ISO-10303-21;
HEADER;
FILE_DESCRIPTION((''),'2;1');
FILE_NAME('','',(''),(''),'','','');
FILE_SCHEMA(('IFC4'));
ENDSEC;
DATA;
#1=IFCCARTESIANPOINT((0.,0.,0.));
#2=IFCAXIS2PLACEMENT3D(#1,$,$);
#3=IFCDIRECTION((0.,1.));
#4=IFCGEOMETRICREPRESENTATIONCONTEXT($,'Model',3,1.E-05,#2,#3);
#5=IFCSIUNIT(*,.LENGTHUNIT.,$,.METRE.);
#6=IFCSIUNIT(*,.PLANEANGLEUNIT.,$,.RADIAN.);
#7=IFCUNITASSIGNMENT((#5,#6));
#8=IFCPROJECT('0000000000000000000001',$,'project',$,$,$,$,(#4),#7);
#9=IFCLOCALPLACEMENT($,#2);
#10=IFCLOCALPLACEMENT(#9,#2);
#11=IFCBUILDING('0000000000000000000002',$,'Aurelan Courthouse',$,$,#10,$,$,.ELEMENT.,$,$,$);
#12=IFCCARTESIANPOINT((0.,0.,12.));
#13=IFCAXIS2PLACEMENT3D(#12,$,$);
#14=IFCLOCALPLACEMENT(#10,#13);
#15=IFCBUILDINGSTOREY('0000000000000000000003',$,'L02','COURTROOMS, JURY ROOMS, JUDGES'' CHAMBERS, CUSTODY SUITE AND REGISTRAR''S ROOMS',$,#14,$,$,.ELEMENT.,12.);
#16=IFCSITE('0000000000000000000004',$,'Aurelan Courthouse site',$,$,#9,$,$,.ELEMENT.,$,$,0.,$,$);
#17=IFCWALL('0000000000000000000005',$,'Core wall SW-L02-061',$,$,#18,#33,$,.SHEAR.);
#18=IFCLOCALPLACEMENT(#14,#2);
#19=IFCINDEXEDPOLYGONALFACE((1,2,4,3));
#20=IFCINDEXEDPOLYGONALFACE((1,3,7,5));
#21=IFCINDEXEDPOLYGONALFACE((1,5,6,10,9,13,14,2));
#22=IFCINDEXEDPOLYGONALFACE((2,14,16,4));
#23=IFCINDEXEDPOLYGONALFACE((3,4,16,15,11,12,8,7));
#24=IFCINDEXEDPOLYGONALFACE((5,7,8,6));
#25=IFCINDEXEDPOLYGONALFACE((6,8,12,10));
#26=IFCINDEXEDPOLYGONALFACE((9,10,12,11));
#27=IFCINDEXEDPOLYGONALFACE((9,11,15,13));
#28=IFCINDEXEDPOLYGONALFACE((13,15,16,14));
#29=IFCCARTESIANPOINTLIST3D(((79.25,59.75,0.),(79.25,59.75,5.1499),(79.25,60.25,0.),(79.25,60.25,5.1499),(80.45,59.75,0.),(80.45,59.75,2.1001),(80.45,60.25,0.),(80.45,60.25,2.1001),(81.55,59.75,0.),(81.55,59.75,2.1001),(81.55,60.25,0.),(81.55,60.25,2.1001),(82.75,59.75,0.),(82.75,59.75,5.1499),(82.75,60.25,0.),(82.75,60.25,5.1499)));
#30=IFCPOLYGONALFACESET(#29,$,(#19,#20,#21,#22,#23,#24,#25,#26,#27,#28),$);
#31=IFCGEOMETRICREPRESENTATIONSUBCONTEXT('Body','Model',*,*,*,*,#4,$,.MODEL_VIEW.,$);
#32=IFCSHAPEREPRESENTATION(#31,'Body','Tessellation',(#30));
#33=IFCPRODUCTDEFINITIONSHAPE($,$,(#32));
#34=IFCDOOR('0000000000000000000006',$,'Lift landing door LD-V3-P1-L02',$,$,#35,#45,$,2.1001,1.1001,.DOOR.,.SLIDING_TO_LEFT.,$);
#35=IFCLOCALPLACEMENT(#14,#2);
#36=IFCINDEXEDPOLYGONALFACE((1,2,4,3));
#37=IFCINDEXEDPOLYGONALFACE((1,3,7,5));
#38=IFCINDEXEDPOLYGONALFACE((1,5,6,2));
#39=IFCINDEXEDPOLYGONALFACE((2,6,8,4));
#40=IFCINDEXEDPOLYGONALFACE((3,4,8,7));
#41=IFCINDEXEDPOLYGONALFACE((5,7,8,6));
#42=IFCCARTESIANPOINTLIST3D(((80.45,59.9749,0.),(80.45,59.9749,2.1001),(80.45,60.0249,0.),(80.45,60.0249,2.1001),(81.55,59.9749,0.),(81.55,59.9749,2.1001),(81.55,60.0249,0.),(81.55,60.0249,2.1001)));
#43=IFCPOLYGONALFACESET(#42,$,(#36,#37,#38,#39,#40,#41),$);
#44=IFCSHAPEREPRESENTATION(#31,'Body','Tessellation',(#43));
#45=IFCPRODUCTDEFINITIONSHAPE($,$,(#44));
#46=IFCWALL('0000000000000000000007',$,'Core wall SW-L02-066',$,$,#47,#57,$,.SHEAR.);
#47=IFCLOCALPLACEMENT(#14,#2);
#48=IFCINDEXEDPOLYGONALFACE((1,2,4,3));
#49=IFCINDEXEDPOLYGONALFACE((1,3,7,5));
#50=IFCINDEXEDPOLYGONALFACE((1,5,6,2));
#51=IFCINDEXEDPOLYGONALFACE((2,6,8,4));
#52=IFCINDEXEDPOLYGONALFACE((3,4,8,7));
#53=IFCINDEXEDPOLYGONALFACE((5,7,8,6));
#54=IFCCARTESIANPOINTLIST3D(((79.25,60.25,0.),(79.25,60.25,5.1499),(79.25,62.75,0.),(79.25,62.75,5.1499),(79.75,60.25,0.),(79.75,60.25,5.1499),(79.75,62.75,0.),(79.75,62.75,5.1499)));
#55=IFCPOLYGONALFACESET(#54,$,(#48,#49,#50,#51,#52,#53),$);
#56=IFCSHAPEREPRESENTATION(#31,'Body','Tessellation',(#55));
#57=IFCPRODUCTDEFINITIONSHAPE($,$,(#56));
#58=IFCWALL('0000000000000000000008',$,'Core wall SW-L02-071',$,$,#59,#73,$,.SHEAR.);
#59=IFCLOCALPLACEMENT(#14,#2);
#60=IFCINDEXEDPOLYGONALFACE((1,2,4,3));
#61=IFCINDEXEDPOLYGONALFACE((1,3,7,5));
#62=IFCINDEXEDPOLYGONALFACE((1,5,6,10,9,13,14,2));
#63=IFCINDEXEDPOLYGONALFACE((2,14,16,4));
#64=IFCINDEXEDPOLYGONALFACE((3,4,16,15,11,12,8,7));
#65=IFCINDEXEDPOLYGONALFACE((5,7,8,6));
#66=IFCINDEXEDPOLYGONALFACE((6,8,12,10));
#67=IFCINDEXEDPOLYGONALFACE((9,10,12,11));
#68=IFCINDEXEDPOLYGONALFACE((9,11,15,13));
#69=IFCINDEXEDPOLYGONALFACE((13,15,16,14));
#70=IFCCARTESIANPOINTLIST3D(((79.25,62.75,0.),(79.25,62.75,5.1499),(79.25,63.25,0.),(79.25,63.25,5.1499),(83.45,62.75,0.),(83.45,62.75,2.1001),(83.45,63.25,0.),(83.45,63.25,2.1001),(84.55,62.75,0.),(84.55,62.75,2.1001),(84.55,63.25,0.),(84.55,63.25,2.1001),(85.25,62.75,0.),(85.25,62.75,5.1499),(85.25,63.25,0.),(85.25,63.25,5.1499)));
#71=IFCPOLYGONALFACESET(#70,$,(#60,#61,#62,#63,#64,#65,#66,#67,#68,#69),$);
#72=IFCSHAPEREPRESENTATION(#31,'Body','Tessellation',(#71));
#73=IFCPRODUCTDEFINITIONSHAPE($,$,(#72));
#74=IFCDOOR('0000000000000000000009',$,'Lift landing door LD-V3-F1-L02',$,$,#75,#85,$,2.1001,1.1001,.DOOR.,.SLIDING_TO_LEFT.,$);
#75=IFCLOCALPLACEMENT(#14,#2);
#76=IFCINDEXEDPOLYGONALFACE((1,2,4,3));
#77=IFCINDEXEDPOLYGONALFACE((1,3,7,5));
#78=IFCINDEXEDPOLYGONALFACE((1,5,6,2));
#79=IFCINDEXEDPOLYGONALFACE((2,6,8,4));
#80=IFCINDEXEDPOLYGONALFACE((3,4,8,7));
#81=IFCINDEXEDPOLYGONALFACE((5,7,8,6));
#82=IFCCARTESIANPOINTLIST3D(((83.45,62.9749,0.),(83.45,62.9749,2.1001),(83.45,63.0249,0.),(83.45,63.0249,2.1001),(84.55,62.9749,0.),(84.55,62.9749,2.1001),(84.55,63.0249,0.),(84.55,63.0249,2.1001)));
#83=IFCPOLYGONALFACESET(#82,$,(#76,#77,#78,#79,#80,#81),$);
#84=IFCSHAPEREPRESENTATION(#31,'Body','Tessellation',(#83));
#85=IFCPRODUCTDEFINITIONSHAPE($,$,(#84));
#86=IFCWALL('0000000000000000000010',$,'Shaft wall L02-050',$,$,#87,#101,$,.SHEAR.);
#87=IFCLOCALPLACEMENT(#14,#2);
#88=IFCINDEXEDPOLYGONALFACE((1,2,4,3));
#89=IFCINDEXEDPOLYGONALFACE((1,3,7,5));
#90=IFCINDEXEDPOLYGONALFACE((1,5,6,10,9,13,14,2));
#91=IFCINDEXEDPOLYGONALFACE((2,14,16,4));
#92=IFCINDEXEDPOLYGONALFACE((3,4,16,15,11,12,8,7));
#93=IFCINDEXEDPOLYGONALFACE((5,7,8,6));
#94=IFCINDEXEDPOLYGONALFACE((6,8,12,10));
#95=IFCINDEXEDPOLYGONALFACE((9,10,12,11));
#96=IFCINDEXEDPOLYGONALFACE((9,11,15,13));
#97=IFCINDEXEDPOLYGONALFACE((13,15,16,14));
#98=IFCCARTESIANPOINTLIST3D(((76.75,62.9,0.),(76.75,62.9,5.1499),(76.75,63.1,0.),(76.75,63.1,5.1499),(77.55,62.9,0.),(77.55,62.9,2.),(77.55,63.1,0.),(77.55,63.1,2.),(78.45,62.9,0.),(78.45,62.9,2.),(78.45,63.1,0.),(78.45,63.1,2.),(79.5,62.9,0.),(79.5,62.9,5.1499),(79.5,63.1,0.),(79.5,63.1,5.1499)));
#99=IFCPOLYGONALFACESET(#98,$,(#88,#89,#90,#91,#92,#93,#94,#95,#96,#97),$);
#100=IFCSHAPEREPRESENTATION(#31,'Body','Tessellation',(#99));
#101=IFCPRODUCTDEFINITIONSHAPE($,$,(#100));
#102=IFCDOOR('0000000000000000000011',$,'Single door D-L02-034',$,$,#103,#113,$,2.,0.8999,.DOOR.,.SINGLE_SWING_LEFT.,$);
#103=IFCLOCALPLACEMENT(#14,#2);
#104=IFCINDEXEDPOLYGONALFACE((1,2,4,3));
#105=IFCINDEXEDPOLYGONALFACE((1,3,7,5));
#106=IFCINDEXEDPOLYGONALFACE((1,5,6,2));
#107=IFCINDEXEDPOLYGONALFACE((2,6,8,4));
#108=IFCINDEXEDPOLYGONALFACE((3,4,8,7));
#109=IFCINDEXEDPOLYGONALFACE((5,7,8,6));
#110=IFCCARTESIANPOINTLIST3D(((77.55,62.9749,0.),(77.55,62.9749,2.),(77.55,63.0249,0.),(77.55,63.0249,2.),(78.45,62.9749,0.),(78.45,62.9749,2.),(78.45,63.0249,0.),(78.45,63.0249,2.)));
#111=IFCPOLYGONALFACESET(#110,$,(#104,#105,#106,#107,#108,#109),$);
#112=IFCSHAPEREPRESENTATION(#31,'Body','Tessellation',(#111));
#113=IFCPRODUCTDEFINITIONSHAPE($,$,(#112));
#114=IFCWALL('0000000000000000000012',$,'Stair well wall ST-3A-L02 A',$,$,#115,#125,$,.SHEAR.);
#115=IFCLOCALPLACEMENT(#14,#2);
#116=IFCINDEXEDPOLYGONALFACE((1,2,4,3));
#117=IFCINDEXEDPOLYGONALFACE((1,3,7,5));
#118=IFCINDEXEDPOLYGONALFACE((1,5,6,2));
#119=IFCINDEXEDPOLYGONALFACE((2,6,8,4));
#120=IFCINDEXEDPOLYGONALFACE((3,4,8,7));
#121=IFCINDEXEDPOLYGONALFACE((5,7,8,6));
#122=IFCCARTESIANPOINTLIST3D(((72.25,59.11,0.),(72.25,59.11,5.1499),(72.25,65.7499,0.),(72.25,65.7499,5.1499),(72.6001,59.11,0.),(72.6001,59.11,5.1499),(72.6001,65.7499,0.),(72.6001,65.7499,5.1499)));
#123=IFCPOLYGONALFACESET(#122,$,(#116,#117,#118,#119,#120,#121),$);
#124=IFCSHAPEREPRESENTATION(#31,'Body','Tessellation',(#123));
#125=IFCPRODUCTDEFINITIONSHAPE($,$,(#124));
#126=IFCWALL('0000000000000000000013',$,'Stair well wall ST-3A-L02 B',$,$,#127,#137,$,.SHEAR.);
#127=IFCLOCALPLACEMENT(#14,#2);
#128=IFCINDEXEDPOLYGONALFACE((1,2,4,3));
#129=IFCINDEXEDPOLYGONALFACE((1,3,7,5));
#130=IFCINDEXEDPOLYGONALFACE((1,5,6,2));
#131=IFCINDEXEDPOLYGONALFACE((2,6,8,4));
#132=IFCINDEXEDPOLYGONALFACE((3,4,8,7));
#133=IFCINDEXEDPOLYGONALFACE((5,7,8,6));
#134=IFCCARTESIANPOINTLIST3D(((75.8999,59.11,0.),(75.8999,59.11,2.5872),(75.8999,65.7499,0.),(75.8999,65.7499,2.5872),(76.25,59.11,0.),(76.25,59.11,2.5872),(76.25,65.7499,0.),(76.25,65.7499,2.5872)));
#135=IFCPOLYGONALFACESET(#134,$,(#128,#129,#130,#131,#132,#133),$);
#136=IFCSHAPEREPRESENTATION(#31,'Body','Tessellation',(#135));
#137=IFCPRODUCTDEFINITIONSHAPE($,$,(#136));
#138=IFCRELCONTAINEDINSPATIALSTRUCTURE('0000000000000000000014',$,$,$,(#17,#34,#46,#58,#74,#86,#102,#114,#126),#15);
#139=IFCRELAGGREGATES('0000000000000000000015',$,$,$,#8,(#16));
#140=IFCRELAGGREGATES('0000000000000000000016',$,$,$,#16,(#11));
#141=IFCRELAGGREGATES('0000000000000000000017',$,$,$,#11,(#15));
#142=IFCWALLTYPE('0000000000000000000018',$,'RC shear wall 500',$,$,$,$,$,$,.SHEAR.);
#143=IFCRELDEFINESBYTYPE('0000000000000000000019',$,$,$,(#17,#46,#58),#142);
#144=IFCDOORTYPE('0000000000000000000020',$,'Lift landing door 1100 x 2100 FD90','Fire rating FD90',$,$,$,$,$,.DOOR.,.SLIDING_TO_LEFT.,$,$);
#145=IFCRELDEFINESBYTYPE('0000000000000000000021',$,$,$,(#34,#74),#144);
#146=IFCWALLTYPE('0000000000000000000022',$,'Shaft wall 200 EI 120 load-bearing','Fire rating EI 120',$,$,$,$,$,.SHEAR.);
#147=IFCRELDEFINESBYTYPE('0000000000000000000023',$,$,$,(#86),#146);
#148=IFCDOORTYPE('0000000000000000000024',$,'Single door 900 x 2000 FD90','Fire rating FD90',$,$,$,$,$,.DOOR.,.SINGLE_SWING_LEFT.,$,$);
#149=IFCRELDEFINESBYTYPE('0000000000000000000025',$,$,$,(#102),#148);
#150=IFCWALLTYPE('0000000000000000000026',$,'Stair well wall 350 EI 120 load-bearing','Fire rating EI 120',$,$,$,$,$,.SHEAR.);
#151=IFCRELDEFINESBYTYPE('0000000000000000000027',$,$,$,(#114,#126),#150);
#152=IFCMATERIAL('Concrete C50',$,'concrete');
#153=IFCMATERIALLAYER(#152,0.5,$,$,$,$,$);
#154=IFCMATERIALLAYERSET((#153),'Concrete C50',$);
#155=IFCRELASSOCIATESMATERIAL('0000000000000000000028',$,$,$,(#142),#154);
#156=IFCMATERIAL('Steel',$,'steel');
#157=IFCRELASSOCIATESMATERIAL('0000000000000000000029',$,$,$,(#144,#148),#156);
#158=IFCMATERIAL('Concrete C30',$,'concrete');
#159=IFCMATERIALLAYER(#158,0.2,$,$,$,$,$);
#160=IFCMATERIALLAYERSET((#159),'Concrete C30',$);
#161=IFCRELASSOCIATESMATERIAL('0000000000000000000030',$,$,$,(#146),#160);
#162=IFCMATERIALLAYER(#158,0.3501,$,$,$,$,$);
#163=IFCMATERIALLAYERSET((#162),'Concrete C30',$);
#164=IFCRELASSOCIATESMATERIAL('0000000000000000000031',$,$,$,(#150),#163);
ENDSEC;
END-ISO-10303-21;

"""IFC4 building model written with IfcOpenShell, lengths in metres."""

from ifc_helpers import new_model, si_unit, direction, frame, frame_2d, origin, place, context, subcontext, project, spatial, rectangle, extrude, material, layer, layer_set, type_object, element, fill, save


model = new_model("IFC4")

# Units and contexts
model_context = context("Model", 3, precision=1e-05, world=origin(), true_north=direction((0.0, 1.0)))
body_context = subcontext(model_context, "Body", "Model", "MODEL_VIEW")
ifc_project = project(units=[si_unit("LENGTHUNIT", "METRE"), si_unit("PLANEANGLEUNIT", "RADIAN")], contexts=[model_context])

# Site, building, storey
site_placement = place(None, origin())
site = spatial("IfcSite", under=ifc_project, at=site_placement, Name="Aurelan Courthouse site", CompositionType="ELEMENT", RefElevation=0.0)
building_placement = place(site_placement, origin())
building = spatial("IfcBuilding", under=site, at=building_placement, Name="Aurelan Courthouse", CompositionType="ELEMENT")
storey_placement = place(building_placement, frame((0.0, 0.0, 12.0)))
storey = spatial("IfcBuildingStorey", under=building, at=storey_placement, Name="L02", Description="COURTROOMS, JURY ROOMS, JUDGES' CHAMBERS, CUSTODY SUITE AND REGISTRAR'S ROOMS", CompositionType="ELEMENT", Elevation=12.0)

# Shared definitions
ifc_material_1 = material(Name="Concrete C50", Category="concrete")

# Shared definitions
ifc_material_2 = material(Name="Steel", Category="steel")

# Shared definitions
ifc_layer_1 = layer(ifc_material_1, 0.5)
ifc_layer_set_1 = layer_set([ifc_layer_1], Name="Concrete C50")
wall_type_1 = type_object("IfcWallType", Name="RC shear wall 500", PredefinedType="SHEAR", material=ifc_layer_set_1)

# Wall, opening, door
wall_1_placement = place(storey_placement, frame((79.25, 60.0, 0.0), z_axis=(0.0, 0.0, 1.0), x_axis=(1.0, 0.0, 0.0)))
wall_1 = element("IfcWall", 1, at=wall_1_placement, inside=storey, type_object=wall_type_1, Name="Core wall SW-L02-061", PredefinedType="SHEAR", context=body_context, shape_type="SweptSolid", body=[
    extrude(rectangle(XDim=3.5, YDim=0.5, at=frame_2d((1.75, 0.0))), origin(), (0.0, 0.0, 1.0), 5.1499),
])
opening_1_placement = place(wall_1_placement, frame((1.2, 0.0, 0.0)))
opening_1 = element("IfcOpeningElement", 2, at=opening_1_placement, cuts=wall_1, PredefinedType="OPENING", context=body_context, shape_type="SweptSolid", body=[
    extrude(rectangle(XDim=1.1001, YDim=2.1001, at=frame_2d((0.55, 1.05))), frame((0.0, 0.26, 0.0), z_axis=(0.0, -1.0, 0.0), x_axis=(1.0, 0.0, 0.0)), (0.0, 0.0, 1.0), 0.52),
])
door_type_1 = type_object("IfcDoorType", Name="Lift landing door 1100 x 2100 FD90", Description="Fire rating FD90", OperationType="SLIDING_TO_LEFT", PredefinedType="DOOR", material=ifc_material_2)
door_1_placement = place(opening_1_placement, origin())
door_1 = element("IfcDoor", 3, at=door_1_placement, inside=storey, type_object=door_type_1, Name="Lift landing door LD-V3-P1-L02", OperationType="SLIDING_TO_LEFT", OverallHeight=2.1001, OverallWidth=1.1001, PredefinedType="DOOR", context=body_context, shape_type="SweptSolid", body=[
    extrude(rectangle(XDim=1.1001, YDim=2.1001, at=frame_2d((0.55, 1.05))), frame((0.0, 0.0249, 0.0), z_axis=(0.0, -1.0, 0.0), x_axis=(1.0, 0.0, 0.0)), (0.0, 0.0, 1.0), 0.05),
])
fill(opening_1, door_1)

# Wall
wall_2_placement = place(storey_placement, frame((79.5, 60.25, 0.0), z_axis=(0.0, 0.0, 1.0), x_axis=(0.0, 1.0, 0.0)))
element("IfcWall", 4, at=wall_2_placement, inside=storey, type_object=wall_type_1, Name="Core wall SW-L02-066", PredefinedType="SHEAR", context=body_context, shape_type="SweptSolid", body=[
    extrude(rectangle(XDim=2.5, YDim=0.5, at=frame_2d((1.25, 0.0))), origin(), (0.0, 0.0, 1.0), 5.1499),
])

# Walls, openings, doors
wall_3_placement = place(storey_placement, frame((79.25, 63.0, 0.0), z_axis=(0.0, 0.0, 1.0), x_axis=(1.0, 0.0, 0.0)))
wall_3 = element("IfcWall", 5, at=wall_3_placement, inside=storey, type_object=wall_type_1, Name="Core wall SW-L02-071", PredefinedType="SHEAR", context=body_context, shape_type="SweptSolid", body=[
    extrude(rectangle(XDim=6.0, YDim=0.5, at=frame_2d((3.0, 0.0))), origin(), (0.0, 0.0, 1.0), 5.1499),
])
opening_2_placement = place(wall_3_placement, frame((4.2, 0.0, 0.0)))
opening_2 = element("IfcOpeningElement", 6, at=opening_2_placement, cuts=wall_3, PredefinedType="OPENING", context=body_context, shape_type="SweptSolid", body=[
    extrude(rectangle(XDim=1.1001, YDim=2.1001, at=frame_2d((0.55, 1.05))), frame((0.0, 0.26, 0.0), z_axis=(0.0, -1.0, 0.0), x_axis=(1.0, 0.0, 0.0)), (0.0, 0.0, 1.0), 0.52),
])
door_2_placement = place(opening_2_placement, origin())
door_2 = element("IfcDoor", 7, at=door_2_placement, inside=storey, type_object=door_type_1, Name="Lift landing door LD-V3-F1-L02", OperationType="SLIDING_TO_LEFT", OverallHeight=2.1001, OverallWidth=1.1001, PredefinedType="DOOR", context=body_context, shape_type="SweptSolid", body=[
    extrude(rectangle(XDim=1.1001, YDim=2.1001, at=frame_2d((0.55, 1.05))), frame((0.0, 0.0249, 0.0), z_axis=(0.0, -1.0, 0.0), x_axis=(1.0, 0.0, 0.0)), (0.0, 0.0, 1.0), 0.05),
])
fill(opening_2, door_2)
ifc_material_3 = material(Name="Concrete C30", Category="concrete")
ifc_layer_2 = layer(ifc_material_3, 0.2)
ifc_layer_set_2 = layer_set([ifc_layer_2], Name="Concrete C30")
wall_type_2 = type_object("IfcWallType", Name="Shaft wall 200 EI 120 load-bearing", Description="Fire rating EI 120", PredefinedType="SHEAR", material=ifc_layer_set_2)
wall_4_placement = place(storey_placement, frame((76.75, 63.0, 0.0), z_axis=(0.0, 0.0, 1.0), x_axis=(1.0, 0.0, 0.0)))
wall_4 = element("IfcWall", 8, at=wall_4_placement, inside=storey, type_object=wall_type_2, Name="Shaft wall L02-050", PredefinedType="SHEAR", context=body_context, shape_type="SweptSolid", body=[
    extrude(rectangle(XDim=2.75, YDim=0.2, at=frame_2d((1.375, 0.0))), origin(), (0.0, 0.0, 1.0), 5.1499),
])
opening_3_placement = place(wall_4_placement, frame((0.8, 0.0, 0.0)))
opening_3 = element("IfcOpeningElement", 9, at=opening_3_placement, cuts=wall_4, PredefinedType="OPENING", context=body_context, shape_type="SweptSolid", body=[
    extrude(rectangle(XDim=0.8999, YDim=2.0, at=frame_2d((0.45, 1.0))), frame((0.0, 0.1099, 0.0), z_axis=(0.0, -1.0, 0.0), x_axis=(1.0, 0.0, 0.0)), (0.0, 0.0, 1.0), 0.22),
])
door_type_2 = type_object("IfcDoorType", Name="Single door 900 x 2000 FD90", Description="Fire rating FD90", OperationType="SINGLE_SWING_LEFT", PredefinedType="DOOR", material=ifc_material_2)
door_3_placement = place(opening_3_placement, origin())
door_3 = element("IfcDoor", 10, at=door_3_placement, inside=storey, type_object=door_type_2, Name="Single door D-L02-034", OperationType="SINGLE_SWING_LEFT", OverallHeight=2.0, OverallWidth=0.8999, PredefinedType="DOOR", context=body_context, shape_type="SweptSolid", body=[
    extrude(rectangle(XDim=0.8999, YDim=2.0, at=frame_2d((0.45, 1.0))), frame((0.0, 0.0249, 0.0), z_axis=(0.0, -1.0, 0.0), x_axis=(1.0, 0.0, 0.0)), (0.0, 0.0, 1.0), 0.05),
])
fill(opening_3, door_3)

# Walls
ifc_layer_3 = layer(ifc_material_3, 0.3501)
ifc_layer_set_3 = layer_set([ifc_layer_3], Name="Concrete C30")
wall_type_3 = type_object("IfcWallType", Name="Stair well wall 350 EI 120 load-bearing", Description="Fire rating EI 120", PredefinedType="SHEAR", material=ifc_layer_set_3)
wall_5_placement = place(storey_placement, frame((72.425, 59.1101, 0.0), z_axis=(0.0, 0.0, 1.0), x_axis=(0.0, 1.0, 0.0)))
element("IfcWall", 11, at=wall_5_placement, inside=storey, type_object=wall_type_3, Name="Stair well wall ST-3A-L02 A", PredefinedType="SHEAR", context=body_context, shape_type="SweptSolid", body=[
    extrude(rectangle(XDim=6.6399, YDim=0.3501, at=frame_2d((3.3198, 0.0))), origin(), (0.0, 0.0, 1.0), 5.1499),
])
wall_6_placement = place(storey_placement, frame((76.075, 59.1101, 0.0), z_axis=(0.0, 0.0, 1.0), x_axis=(0.0, 1.0, 0.0)))
element("IfcWall", 12, at=wall_6_placement, inside=storey, type_object=wall_type_3, Name="Stair well wall ST-3A-L02 B", PredefinedType="SHEAR", context=body_context, shape_type="SweptSolid", body=[
    extrude(rectangle(XDim=6.6399, YDim=0.3501, at=frame_2d((3.3198, 0.0))), origin(), (0.0, 0.0, 1.0), 2.5872),
])

save(model, "model.ifc")
